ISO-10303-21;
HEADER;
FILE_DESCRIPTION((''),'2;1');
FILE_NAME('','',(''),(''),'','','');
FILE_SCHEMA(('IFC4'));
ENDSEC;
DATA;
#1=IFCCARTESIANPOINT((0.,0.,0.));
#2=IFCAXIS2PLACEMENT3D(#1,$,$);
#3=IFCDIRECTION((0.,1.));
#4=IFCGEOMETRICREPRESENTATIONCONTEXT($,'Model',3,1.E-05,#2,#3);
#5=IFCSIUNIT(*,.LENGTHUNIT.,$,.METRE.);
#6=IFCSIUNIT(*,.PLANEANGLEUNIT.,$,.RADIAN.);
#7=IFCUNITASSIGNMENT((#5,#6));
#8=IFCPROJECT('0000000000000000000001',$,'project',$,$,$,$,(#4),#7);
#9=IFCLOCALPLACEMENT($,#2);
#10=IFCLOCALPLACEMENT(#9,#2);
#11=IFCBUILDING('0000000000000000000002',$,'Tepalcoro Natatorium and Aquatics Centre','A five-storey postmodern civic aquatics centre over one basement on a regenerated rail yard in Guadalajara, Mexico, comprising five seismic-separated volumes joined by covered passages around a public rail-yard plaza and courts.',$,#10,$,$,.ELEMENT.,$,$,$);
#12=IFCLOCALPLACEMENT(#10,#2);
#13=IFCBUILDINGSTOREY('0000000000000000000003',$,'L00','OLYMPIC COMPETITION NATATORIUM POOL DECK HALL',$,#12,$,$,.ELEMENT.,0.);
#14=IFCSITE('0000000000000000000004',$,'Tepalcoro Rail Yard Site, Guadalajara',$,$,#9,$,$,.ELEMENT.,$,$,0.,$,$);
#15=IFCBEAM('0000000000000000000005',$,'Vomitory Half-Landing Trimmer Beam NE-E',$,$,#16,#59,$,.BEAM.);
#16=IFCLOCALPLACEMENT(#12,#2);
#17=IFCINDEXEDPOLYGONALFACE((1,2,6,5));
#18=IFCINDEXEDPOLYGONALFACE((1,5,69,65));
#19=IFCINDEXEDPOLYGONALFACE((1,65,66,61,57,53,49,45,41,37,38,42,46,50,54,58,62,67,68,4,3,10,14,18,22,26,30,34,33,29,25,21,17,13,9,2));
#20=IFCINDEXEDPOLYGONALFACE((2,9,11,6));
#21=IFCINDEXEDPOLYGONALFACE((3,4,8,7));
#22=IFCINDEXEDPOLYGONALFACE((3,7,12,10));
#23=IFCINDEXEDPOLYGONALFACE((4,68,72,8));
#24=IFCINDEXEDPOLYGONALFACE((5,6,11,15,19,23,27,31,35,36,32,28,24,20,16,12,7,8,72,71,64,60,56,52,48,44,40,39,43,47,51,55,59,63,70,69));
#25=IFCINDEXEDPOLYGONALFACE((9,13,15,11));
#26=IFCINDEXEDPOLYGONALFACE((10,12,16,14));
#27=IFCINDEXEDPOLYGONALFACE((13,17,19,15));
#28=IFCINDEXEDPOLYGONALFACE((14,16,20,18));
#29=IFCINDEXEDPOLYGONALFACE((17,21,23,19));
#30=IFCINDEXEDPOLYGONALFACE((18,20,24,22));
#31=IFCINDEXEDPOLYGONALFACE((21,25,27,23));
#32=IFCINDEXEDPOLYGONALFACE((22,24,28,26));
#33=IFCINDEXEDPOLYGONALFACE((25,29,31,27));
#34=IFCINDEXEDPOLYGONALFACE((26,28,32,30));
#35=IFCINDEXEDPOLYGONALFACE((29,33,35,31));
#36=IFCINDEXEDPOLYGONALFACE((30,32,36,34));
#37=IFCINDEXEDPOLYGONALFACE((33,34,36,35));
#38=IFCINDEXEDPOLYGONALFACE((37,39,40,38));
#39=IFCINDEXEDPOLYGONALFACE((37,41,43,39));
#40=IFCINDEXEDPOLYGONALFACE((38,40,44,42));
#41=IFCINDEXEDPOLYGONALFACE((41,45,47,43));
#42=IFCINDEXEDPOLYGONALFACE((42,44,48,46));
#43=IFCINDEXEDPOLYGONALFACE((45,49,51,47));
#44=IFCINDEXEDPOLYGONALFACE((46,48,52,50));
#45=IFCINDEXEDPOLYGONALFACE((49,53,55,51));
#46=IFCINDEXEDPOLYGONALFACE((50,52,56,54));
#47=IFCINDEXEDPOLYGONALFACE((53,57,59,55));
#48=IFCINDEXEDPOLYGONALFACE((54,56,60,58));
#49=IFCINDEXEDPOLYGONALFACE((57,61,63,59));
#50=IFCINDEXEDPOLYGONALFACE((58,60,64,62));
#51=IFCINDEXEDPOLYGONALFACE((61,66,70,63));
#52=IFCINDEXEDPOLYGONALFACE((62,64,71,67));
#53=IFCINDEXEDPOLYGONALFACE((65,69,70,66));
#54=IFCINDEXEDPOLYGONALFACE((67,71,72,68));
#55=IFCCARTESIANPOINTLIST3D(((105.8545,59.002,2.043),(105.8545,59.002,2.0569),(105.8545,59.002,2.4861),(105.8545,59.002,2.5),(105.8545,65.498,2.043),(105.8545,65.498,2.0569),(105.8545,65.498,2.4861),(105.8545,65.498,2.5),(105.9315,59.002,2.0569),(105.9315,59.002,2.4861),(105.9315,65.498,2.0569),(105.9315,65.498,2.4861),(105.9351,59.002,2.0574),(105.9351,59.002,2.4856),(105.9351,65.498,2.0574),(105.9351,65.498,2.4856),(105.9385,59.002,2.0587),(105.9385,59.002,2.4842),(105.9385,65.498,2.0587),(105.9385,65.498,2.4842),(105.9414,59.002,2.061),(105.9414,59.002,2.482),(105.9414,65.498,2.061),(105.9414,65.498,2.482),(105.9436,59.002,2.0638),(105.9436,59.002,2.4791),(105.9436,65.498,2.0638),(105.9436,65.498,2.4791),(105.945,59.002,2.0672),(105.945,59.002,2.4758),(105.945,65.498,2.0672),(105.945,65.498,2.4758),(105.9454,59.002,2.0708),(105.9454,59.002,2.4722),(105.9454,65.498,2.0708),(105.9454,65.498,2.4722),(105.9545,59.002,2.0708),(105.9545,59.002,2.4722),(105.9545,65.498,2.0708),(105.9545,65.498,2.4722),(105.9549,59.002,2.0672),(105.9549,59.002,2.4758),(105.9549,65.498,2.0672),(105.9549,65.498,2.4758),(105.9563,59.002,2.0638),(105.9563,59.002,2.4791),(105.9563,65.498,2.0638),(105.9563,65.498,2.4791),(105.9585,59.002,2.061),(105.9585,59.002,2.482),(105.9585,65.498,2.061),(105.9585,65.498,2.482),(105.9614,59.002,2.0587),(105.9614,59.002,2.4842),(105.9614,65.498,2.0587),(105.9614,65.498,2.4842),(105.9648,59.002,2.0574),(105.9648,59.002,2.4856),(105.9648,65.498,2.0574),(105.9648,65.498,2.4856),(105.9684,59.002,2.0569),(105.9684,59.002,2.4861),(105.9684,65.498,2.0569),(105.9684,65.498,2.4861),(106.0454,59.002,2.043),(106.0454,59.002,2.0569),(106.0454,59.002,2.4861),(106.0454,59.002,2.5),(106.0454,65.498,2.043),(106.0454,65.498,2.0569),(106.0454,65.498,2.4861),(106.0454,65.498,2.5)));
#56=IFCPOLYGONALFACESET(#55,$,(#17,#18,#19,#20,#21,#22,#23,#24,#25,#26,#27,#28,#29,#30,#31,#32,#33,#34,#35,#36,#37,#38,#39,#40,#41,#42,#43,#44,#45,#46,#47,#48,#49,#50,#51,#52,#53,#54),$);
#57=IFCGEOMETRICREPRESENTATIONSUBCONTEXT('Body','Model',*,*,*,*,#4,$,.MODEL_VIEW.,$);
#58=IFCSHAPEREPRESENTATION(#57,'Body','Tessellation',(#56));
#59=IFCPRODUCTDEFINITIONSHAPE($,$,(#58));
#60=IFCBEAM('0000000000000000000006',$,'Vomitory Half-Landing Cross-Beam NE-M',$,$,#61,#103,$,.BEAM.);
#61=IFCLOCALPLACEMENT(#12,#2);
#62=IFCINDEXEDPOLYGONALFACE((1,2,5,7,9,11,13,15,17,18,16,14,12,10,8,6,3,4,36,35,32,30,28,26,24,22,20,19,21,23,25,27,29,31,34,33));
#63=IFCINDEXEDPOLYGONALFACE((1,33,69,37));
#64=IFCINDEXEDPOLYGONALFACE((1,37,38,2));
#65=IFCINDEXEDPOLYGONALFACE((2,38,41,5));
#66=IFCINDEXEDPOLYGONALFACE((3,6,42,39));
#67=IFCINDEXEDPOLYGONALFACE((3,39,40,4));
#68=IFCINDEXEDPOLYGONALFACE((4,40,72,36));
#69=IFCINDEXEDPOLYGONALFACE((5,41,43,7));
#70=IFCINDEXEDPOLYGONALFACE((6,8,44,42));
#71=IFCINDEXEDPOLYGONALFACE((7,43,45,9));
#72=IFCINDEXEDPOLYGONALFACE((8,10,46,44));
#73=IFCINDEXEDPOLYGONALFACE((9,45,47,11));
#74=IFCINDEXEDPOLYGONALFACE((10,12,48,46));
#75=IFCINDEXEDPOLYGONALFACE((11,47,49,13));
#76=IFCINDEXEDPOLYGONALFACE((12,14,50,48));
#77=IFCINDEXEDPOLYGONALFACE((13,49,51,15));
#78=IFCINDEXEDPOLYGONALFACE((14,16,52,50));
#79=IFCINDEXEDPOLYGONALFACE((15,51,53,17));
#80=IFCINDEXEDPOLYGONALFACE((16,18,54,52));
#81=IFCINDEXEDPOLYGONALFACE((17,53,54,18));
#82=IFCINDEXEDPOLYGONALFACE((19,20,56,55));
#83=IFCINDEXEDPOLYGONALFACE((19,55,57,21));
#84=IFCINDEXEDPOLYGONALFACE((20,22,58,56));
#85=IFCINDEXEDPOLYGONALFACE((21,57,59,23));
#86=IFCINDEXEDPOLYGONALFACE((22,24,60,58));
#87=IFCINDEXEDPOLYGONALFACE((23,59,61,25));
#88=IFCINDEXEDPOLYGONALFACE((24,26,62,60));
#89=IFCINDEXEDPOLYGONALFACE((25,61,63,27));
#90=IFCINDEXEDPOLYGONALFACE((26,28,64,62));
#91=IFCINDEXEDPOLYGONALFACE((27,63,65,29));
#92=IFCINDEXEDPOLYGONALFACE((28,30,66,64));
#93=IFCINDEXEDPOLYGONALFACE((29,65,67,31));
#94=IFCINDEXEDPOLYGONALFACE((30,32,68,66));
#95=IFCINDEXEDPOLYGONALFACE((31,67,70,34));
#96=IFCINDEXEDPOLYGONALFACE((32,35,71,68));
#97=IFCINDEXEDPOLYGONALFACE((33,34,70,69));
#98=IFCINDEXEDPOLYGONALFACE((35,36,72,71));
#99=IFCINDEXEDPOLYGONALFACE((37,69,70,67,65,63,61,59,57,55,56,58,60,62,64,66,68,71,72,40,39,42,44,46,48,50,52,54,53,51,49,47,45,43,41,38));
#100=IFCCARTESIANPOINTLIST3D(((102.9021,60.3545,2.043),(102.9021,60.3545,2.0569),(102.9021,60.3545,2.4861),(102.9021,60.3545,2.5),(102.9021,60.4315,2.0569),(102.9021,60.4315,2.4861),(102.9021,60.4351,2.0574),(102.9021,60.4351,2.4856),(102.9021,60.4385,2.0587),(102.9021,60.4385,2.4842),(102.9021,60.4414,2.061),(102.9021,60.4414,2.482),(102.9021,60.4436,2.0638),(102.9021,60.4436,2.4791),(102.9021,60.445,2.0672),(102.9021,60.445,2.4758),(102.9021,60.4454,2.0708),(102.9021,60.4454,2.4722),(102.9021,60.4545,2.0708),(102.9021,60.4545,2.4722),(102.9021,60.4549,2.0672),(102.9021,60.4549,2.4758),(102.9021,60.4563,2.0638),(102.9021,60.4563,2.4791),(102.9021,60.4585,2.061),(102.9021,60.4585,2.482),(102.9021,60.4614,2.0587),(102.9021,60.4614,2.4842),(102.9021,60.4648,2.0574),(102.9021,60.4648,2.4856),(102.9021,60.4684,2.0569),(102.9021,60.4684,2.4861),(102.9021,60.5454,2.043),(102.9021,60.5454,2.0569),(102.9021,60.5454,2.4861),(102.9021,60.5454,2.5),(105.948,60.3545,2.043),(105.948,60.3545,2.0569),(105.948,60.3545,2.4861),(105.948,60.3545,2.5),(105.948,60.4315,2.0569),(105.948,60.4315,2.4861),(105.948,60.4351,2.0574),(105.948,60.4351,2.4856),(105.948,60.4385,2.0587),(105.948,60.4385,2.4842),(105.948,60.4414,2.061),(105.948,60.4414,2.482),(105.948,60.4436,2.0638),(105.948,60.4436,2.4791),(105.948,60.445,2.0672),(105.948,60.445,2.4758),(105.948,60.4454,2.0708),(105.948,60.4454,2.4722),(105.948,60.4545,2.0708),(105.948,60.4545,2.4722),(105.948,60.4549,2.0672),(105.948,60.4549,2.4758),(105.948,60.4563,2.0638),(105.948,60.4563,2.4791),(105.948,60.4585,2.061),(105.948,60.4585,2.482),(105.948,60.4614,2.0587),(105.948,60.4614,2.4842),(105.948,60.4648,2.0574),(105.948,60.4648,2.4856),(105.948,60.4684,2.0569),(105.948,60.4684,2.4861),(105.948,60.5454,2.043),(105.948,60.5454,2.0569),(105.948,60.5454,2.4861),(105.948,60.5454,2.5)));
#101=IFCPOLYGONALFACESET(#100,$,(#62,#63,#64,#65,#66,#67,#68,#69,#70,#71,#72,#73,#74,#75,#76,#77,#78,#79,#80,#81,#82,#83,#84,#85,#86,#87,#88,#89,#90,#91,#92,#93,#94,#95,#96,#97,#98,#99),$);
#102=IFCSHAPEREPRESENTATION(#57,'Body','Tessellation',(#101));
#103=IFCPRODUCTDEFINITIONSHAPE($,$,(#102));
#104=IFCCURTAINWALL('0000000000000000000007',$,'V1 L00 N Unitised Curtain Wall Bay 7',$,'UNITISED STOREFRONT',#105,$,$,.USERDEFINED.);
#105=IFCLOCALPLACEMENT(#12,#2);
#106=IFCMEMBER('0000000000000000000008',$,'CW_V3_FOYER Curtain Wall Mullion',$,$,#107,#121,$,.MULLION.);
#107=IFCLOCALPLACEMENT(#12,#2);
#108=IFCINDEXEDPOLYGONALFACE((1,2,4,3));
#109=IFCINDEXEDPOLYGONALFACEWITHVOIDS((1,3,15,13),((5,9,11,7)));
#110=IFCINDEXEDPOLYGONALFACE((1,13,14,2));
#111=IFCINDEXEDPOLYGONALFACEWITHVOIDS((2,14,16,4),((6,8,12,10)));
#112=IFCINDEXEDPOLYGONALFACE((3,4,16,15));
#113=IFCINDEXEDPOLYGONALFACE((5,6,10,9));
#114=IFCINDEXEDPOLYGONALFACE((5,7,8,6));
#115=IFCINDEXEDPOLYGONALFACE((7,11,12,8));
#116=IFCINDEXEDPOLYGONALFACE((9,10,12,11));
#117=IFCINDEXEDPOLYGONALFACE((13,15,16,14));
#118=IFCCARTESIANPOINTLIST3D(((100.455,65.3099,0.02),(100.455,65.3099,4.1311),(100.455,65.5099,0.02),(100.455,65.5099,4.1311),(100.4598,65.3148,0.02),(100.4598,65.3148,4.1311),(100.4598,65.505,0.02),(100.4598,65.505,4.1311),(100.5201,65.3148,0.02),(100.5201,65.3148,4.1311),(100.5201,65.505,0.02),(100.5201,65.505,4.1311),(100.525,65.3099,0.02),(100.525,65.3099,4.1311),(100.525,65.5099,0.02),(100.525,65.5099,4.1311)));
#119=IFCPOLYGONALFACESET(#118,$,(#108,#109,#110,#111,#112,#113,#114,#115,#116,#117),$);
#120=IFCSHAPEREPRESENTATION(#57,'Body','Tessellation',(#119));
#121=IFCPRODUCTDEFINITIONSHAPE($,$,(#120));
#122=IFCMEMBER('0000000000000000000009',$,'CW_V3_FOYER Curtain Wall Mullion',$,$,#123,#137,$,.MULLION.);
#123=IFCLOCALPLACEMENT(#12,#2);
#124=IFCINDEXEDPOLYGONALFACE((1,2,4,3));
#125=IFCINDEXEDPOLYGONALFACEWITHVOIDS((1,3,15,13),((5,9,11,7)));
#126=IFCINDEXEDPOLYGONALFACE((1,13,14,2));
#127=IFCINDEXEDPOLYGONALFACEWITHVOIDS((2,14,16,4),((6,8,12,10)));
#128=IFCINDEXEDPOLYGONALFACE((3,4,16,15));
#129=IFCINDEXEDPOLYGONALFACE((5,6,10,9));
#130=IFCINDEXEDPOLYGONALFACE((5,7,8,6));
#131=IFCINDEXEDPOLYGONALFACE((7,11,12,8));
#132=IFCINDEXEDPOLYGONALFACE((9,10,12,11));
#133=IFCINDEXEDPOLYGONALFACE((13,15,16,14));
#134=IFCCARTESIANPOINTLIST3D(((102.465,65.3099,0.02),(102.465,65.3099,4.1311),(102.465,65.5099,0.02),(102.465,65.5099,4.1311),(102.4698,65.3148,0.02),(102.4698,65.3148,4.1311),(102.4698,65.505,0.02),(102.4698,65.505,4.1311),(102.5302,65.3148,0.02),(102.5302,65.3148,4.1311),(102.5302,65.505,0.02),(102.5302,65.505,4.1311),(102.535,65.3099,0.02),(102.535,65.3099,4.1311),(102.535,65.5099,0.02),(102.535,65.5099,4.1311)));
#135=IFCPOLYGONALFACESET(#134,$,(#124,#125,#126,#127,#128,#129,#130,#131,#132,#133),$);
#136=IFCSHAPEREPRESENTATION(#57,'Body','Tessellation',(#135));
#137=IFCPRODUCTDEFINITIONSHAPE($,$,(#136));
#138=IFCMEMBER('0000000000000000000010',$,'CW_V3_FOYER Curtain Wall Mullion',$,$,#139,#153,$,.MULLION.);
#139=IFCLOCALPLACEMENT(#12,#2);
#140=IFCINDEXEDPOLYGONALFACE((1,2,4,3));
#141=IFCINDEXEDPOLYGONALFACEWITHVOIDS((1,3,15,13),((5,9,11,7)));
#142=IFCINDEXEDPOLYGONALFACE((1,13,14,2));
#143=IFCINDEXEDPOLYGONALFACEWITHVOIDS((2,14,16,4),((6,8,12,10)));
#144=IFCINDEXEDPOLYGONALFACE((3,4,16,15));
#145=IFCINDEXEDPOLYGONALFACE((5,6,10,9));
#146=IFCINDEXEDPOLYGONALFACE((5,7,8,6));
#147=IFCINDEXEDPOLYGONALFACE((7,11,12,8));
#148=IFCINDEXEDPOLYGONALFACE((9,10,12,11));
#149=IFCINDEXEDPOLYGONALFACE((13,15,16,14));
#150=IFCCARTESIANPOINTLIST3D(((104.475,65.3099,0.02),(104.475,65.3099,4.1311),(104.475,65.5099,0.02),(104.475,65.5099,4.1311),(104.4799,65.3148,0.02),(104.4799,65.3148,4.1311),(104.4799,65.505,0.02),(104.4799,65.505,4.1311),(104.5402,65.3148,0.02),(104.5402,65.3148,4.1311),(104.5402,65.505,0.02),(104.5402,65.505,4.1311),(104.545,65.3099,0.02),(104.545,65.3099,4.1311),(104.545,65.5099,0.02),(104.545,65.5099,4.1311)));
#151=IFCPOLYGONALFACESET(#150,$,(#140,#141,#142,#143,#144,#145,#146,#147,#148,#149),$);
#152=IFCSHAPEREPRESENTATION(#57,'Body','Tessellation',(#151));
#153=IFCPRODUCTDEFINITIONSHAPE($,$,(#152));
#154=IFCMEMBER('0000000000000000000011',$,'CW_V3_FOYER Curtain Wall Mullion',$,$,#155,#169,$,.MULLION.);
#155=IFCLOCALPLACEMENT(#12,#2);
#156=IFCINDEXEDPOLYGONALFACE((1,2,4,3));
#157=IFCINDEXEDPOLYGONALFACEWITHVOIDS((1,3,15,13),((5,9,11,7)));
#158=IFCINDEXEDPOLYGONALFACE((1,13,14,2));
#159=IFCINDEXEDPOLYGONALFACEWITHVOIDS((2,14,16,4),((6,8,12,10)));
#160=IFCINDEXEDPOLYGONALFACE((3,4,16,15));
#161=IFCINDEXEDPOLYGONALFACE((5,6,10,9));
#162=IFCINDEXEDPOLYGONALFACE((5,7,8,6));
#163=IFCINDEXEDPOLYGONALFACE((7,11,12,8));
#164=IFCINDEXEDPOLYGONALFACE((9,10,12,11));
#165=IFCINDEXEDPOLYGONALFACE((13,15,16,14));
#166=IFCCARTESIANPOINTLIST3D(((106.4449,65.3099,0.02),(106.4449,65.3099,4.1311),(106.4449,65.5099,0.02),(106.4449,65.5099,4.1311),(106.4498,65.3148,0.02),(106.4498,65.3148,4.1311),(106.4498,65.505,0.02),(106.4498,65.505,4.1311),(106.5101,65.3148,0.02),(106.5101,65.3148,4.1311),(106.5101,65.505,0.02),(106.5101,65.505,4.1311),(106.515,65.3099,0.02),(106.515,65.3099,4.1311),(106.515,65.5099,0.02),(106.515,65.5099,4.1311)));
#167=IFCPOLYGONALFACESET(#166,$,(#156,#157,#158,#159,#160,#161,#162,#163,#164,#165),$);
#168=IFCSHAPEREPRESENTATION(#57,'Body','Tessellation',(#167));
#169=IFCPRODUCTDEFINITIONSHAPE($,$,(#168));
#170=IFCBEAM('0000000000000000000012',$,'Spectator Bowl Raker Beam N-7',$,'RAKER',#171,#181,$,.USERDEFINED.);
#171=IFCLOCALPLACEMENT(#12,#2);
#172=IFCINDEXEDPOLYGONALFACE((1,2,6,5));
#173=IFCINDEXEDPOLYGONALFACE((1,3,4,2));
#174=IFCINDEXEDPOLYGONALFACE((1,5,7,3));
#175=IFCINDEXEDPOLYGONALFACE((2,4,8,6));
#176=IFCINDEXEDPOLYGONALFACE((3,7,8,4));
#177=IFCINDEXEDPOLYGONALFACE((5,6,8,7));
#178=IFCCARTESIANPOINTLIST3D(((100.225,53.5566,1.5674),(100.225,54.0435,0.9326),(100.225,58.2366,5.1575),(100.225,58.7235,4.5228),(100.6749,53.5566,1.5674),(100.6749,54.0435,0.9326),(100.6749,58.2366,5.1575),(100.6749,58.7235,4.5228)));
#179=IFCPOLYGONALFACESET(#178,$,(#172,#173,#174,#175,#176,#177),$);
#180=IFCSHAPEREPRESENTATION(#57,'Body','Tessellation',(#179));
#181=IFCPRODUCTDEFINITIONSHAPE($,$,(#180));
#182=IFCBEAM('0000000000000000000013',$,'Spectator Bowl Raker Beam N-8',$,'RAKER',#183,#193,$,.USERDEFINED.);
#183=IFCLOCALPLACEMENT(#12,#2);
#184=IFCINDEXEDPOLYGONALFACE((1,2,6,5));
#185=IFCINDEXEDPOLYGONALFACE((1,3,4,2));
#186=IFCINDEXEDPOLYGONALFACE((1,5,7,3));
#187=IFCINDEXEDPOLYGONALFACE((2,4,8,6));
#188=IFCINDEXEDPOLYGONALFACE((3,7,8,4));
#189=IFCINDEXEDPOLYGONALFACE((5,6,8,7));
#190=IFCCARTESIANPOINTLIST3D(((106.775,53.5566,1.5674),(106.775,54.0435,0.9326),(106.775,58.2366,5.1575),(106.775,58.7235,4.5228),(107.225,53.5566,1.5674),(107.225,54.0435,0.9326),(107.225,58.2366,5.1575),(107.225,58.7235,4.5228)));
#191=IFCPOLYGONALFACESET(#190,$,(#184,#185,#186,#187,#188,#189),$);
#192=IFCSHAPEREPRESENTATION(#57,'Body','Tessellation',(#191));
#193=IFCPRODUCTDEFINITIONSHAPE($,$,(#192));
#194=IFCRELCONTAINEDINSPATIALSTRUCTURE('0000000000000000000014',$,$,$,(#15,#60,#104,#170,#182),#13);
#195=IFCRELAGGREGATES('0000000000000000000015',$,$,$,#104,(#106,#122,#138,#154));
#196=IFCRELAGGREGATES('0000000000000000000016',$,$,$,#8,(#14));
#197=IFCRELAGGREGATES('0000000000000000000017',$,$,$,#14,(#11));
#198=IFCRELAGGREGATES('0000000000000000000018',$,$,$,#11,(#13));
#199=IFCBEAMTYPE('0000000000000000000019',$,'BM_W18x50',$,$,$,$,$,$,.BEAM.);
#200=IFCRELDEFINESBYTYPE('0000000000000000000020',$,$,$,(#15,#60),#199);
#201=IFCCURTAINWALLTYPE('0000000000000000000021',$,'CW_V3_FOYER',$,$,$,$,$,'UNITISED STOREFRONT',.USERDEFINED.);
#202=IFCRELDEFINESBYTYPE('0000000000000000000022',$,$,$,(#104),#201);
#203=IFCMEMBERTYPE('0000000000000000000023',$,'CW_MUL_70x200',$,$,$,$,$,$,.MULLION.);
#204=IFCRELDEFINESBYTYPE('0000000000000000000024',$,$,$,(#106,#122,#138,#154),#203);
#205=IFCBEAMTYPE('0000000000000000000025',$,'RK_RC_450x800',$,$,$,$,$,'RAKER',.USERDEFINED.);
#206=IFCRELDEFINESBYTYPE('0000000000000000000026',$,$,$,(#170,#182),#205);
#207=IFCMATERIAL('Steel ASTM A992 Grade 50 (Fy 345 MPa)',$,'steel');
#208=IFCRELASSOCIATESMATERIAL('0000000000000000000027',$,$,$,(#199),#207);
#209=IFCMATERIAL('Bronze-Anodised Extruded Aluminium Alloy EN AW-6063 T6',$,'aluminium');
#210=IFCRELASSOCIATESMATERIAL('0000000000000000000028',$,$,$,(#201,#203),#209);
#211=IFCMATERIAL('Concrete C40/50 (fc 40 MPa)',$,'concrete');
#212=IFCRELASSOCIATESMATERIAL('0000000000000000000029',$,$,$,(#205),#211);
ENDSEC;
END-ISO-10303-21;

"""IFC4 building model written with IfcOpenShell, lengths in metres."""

from ifc_helpers import new_model, si_unit, direction, frame, origin, origin_2d, place, context, subcontext, project, spatial, rectangle, hollow_rectangle, i_section, extrude, material, material_profile, profile_set, type_object, element, aggregate, save


model = new_model("IFC4")

# Units and contexts
model_context = context("Model", 3, precision=1e-05, world=origin(), true_north=direction((0.0, 1.0)))
body_context = subcontext(model_context, "Body", "Model", "MODEL_VIEW")
ifc_project = project(units=[si_unit("LENGTHUNIT", "METRE"), si_unit("PLANEANGLEUNIT", "RADIAN")], contexts=[model_context])

# Site, building, storey
site_placement = place(None, origin())
site = spatial("IfcSite", under=ifc_project, at=site_placement, Name="Tepalcoro Rail Yard Site, Guadalajara", CompositionType="ELEMENT", RefElevation=0.0)
building_placement = place(site_placement, origin())
building = spatial("IfcBuilding", under=site, at=building_placement, Name="Tepalcoro Natatorium and Aquatics Centre", Description="A five-storey postmodern civic aquatics centre over one basement on a regenerated rail yard in Guadalajara, Mexico, comprising five seismic-separated volumes joined by covered passages around a public rail-yard plaza and courts.", CompositionType="ELEMENT")
storey_placement = place(building_placement, origin())
storey = spatial("IfcBuildingStorey", under=building, at=storey_placement, Name="L00", Description="OLYMPIC COMPETITION NATATORIUM POOL DECK HALL", CompositionType="ELEMENT", Elevation=0.0)

# Shared definitions
ifc_material_1 = material(Name="Concrete C40/50 (fc 40 MPa)", Category="concrete")

# Beams
ifc_material_2 = material(Name="Steel ASTM A992 Grade 50 (Fy 345 MPa)", Category="steel")
ifc_material_profile_1 = material_profile(ifc_material_2, i_section(OverallWidth=0.1909, OverallDepth=0.457, WebThickness=0.009, FlangeThickness=0.0139, FilletRadius=0.0139, at=origin_2d()), Name="W18X50")
ifc_profile_set_1 = profile_set([ifc_material_profile_1], Name="Steel ASTM A992 Grade 50 (Fy 345 MPa)")
beam_type_1 = type_object("IfcBeamType", Name="BM_W18x50", PredefinedType="BEAM", material=ifc_profile_set_1)
for number, where, z_axis, x_axis, name in (
    (1, (105.95, 59.002, 2.2715), (0.0, 1.0, 0.0), (-1.0, 0.0, 0.0), "Vomitory Half-Landing Trimmer Beam NE-E"),
):
    element("IfcBeam", number, at=place(storey_placement, frame(where, z_axis=z_axis, x_axis=x_axis)), inside=storey, type_object=beam_type_1, Name=name, PredefinedType="BEAM", context=body_context, shape_type="SweptSolid", body=[
        extrude(i_section(OverallWidth=0.1909, OverallDepth=0.457, WebThickness=0.009, FlangeThickness=0.0139, FilletRadius=0.0139, at=origin_2d()), origin(), (0.0, 0.0, 1.0), 6.4961),
    ])
beam_placement = place(storey_placement, frame((102.9021, 60.45, 2.2715), z_axis=(1.0, 0.0, 0.0), x_axis=(0.0, 1.0, 0.0)))
element("IfcBeam", 2, at=beam_placement, inside=storey, type_object=beam_type_1, Name="Vomitory Half-Landing Cross-Beam NE-M", PredefinedType="BEAM", context=body_context, shape_type="SweptSolid", body=[
    extrude(i_section(OverallWidth=0.1909, OverallDepth=0.457, WebThickness=0.009, FlangeThickness=0.0139, FilletRadius=0.0139, at=origin_2d()), origin(), (0.0, 0.0, 1.0), 3.0459),
])

# Curtain wall, members
ifc_material_3 = material(Name="Bronze-Anodised Extruded Aluminium Alloy EN AW-6063 T6", Category="aluminium")
curtain_wall_type = type_object("IfcCurtainWallType", Name="CW_V3_FOYER", ElementType="UNITISED STOREFRONT", PredefinedType="USERDEFINED", material=ifc_material_3)
curtain_wall_placement = place(storey_placement, origin())
curtain_wall = element("IfcCurtainWall", 3, at=curtain_wall_placement, inside=storey, type_object=curtain_wall_type, Name="V1 L00 N Unitised Curtain Wall Bay 7", ObjectType="UNITISED STOREFRONT", PredefinedType="USERDEFINED")
ifc_material_profile_2 = material_profile(ifc_material_3, hollow_rectangle(XDim=0.0701, YDim=0.2, WallThickness=0.0049, at=origin_2d()), Name="AL70X200X5")
ifc_profile_set_2 = profile_set([ifc_material_profile_2], Name="Bronze-Anodised Extruded Aluminium Alloy EN AW-6063 T6")
member_type = type_object("IfcMemberType", Name="CW_MUL_70x200", PredefinedType="MULLION", material=ifc_profile_set_2)
member_1_placement = place(storey_placement, frame((100.49, 65.4099, 0.02), z_axis=(0.0, 0.0, 1.0), x_axis=(1.0, 0.0, 0.0)))
member_1 = element("IfcMember", 4, at=member_1_placement, type_object=member_type, Name="CW_V3_FOYER Curtain Wall Mullion", PredefinedType="MULLION", context=body_context, shape_type="SweptSolid", body=[
    extrude(hollow_rectangle(XDim=0.0701, YDim=0.2, WallThickness=0.0049, at=origin_2d()), origin(), (0.0, 0.0, 1.0), 4.1111),
])
member_2_placement = place(storey_placement, frame((102.5, 65.4099, 0.02), z_axis=(0.0, 0.0, 1.0), x_axis=(1.0, 0.0, 0.0)))
member_2 = element("IfcMember", 5, at=member_2_placement, type_object=member_type, Name="CW_V3_FOYER Curtain Wall Mullion", PredefinedType="MULLION", context=body_context, shape_type="SweptSolid", body=[
    extrude(hollow_rectangle(XDim=0.0701, YDim=0.2, WallThickness=0.0049, at=origin_2d()), origin(), (0.0, 0.0, 1.0), 4.1111),
])
member_3_placement = place(storey_placement, frame((104.51, 65.4099, 0.02), z_axis=(0.0, 0.0, 1.0), x_axis=(1.0, 0.0, 0.0)))
member_3 = element("IfcMember", 6, at=member_3_placement, type_object=member_type, Name="CW_V3_FOYER Curtain Wall Mullion", PredefinedType="MULLION", context=body_context, shape_type="SweptSolid", body=[
    extrude(hollow_rectangle(XDim=0.0701, YDim=0.2, WallThickness=0.0049, at=origin_2d()), origin(), (0.0, 0.0, 1.0), 4.1111),
])
member_4_placement = place(storey_placement, frame((106.48, 65.4099, 0.02), z_axis=(0.0, 0.0, 1.0), x_axis=(1.0, 0.0, 0.0)))
member_4 = element("IfcMember", 7, at=member_4_placement, type_object=member_type, Name="CW_V3_FOYER Curtain Wall Mullion", PredefinedType="MULLION", context=body_context, shape_type="SweptSolid", body=[
    extrude(hollow_rectangle(XDim=0.0701, YDim=0.2, WallThickness=0.0049, at=origin_2d()), origin(), (0.0, 0.0, 1.0), 4.1111),
])

# Beams
ifc_material_profile_3 = material_profile(ifc_material_1, rectangle(XDim=0.45, YDim=0.8, at=origin_2d()), Name="RKR450x800")
ifc_profile_set_3 = profile_set([ifc_material_profile_3], Name="Concrete C40/50 (fc 40 MPa)")
beam_type_2 = type_object("IfcBeamType", Name="RK_RC_450x800", ElementType="RAKER", PredefinedType="USERDEFINED", material=ifc_profile_set_3)
for number, where, z_axis, x_axis, name in (
    (8, (100.45, 53.8, 1.25), (0.0, 0.793431, 0.60866), (-1.0, 0.0, 0.0), "Spectator Bowl Raker Beam N-7"),
    (9, (107.0, 53.8, 1.25), (0.0, 0.793431, 0.60866), (-1.0, 0.0, 0.0), "Spectator Bowl Raker Beam N-8"),
):
    element("IfcBeam", number, at=place(storey_placement, frame(where, z_axis=z_axis, x_axis=x_axis)), inside=storey, type_object=beam_type_2, Name=name, ObjectType="RAKER", PredefinedType="USERDEFINED", context=body_context, shape_type="SweptSolid", body=[
        extrude(rectangle(XDim=0.45, YDim=0.8, at=origin_2d()), origin(), (0.0, 0.0, 1.0), 5.8984),
    ])

aggregate(curtain_wall, [member_1, member_2, member_3, member_4])

save(model, "model.ifc")
